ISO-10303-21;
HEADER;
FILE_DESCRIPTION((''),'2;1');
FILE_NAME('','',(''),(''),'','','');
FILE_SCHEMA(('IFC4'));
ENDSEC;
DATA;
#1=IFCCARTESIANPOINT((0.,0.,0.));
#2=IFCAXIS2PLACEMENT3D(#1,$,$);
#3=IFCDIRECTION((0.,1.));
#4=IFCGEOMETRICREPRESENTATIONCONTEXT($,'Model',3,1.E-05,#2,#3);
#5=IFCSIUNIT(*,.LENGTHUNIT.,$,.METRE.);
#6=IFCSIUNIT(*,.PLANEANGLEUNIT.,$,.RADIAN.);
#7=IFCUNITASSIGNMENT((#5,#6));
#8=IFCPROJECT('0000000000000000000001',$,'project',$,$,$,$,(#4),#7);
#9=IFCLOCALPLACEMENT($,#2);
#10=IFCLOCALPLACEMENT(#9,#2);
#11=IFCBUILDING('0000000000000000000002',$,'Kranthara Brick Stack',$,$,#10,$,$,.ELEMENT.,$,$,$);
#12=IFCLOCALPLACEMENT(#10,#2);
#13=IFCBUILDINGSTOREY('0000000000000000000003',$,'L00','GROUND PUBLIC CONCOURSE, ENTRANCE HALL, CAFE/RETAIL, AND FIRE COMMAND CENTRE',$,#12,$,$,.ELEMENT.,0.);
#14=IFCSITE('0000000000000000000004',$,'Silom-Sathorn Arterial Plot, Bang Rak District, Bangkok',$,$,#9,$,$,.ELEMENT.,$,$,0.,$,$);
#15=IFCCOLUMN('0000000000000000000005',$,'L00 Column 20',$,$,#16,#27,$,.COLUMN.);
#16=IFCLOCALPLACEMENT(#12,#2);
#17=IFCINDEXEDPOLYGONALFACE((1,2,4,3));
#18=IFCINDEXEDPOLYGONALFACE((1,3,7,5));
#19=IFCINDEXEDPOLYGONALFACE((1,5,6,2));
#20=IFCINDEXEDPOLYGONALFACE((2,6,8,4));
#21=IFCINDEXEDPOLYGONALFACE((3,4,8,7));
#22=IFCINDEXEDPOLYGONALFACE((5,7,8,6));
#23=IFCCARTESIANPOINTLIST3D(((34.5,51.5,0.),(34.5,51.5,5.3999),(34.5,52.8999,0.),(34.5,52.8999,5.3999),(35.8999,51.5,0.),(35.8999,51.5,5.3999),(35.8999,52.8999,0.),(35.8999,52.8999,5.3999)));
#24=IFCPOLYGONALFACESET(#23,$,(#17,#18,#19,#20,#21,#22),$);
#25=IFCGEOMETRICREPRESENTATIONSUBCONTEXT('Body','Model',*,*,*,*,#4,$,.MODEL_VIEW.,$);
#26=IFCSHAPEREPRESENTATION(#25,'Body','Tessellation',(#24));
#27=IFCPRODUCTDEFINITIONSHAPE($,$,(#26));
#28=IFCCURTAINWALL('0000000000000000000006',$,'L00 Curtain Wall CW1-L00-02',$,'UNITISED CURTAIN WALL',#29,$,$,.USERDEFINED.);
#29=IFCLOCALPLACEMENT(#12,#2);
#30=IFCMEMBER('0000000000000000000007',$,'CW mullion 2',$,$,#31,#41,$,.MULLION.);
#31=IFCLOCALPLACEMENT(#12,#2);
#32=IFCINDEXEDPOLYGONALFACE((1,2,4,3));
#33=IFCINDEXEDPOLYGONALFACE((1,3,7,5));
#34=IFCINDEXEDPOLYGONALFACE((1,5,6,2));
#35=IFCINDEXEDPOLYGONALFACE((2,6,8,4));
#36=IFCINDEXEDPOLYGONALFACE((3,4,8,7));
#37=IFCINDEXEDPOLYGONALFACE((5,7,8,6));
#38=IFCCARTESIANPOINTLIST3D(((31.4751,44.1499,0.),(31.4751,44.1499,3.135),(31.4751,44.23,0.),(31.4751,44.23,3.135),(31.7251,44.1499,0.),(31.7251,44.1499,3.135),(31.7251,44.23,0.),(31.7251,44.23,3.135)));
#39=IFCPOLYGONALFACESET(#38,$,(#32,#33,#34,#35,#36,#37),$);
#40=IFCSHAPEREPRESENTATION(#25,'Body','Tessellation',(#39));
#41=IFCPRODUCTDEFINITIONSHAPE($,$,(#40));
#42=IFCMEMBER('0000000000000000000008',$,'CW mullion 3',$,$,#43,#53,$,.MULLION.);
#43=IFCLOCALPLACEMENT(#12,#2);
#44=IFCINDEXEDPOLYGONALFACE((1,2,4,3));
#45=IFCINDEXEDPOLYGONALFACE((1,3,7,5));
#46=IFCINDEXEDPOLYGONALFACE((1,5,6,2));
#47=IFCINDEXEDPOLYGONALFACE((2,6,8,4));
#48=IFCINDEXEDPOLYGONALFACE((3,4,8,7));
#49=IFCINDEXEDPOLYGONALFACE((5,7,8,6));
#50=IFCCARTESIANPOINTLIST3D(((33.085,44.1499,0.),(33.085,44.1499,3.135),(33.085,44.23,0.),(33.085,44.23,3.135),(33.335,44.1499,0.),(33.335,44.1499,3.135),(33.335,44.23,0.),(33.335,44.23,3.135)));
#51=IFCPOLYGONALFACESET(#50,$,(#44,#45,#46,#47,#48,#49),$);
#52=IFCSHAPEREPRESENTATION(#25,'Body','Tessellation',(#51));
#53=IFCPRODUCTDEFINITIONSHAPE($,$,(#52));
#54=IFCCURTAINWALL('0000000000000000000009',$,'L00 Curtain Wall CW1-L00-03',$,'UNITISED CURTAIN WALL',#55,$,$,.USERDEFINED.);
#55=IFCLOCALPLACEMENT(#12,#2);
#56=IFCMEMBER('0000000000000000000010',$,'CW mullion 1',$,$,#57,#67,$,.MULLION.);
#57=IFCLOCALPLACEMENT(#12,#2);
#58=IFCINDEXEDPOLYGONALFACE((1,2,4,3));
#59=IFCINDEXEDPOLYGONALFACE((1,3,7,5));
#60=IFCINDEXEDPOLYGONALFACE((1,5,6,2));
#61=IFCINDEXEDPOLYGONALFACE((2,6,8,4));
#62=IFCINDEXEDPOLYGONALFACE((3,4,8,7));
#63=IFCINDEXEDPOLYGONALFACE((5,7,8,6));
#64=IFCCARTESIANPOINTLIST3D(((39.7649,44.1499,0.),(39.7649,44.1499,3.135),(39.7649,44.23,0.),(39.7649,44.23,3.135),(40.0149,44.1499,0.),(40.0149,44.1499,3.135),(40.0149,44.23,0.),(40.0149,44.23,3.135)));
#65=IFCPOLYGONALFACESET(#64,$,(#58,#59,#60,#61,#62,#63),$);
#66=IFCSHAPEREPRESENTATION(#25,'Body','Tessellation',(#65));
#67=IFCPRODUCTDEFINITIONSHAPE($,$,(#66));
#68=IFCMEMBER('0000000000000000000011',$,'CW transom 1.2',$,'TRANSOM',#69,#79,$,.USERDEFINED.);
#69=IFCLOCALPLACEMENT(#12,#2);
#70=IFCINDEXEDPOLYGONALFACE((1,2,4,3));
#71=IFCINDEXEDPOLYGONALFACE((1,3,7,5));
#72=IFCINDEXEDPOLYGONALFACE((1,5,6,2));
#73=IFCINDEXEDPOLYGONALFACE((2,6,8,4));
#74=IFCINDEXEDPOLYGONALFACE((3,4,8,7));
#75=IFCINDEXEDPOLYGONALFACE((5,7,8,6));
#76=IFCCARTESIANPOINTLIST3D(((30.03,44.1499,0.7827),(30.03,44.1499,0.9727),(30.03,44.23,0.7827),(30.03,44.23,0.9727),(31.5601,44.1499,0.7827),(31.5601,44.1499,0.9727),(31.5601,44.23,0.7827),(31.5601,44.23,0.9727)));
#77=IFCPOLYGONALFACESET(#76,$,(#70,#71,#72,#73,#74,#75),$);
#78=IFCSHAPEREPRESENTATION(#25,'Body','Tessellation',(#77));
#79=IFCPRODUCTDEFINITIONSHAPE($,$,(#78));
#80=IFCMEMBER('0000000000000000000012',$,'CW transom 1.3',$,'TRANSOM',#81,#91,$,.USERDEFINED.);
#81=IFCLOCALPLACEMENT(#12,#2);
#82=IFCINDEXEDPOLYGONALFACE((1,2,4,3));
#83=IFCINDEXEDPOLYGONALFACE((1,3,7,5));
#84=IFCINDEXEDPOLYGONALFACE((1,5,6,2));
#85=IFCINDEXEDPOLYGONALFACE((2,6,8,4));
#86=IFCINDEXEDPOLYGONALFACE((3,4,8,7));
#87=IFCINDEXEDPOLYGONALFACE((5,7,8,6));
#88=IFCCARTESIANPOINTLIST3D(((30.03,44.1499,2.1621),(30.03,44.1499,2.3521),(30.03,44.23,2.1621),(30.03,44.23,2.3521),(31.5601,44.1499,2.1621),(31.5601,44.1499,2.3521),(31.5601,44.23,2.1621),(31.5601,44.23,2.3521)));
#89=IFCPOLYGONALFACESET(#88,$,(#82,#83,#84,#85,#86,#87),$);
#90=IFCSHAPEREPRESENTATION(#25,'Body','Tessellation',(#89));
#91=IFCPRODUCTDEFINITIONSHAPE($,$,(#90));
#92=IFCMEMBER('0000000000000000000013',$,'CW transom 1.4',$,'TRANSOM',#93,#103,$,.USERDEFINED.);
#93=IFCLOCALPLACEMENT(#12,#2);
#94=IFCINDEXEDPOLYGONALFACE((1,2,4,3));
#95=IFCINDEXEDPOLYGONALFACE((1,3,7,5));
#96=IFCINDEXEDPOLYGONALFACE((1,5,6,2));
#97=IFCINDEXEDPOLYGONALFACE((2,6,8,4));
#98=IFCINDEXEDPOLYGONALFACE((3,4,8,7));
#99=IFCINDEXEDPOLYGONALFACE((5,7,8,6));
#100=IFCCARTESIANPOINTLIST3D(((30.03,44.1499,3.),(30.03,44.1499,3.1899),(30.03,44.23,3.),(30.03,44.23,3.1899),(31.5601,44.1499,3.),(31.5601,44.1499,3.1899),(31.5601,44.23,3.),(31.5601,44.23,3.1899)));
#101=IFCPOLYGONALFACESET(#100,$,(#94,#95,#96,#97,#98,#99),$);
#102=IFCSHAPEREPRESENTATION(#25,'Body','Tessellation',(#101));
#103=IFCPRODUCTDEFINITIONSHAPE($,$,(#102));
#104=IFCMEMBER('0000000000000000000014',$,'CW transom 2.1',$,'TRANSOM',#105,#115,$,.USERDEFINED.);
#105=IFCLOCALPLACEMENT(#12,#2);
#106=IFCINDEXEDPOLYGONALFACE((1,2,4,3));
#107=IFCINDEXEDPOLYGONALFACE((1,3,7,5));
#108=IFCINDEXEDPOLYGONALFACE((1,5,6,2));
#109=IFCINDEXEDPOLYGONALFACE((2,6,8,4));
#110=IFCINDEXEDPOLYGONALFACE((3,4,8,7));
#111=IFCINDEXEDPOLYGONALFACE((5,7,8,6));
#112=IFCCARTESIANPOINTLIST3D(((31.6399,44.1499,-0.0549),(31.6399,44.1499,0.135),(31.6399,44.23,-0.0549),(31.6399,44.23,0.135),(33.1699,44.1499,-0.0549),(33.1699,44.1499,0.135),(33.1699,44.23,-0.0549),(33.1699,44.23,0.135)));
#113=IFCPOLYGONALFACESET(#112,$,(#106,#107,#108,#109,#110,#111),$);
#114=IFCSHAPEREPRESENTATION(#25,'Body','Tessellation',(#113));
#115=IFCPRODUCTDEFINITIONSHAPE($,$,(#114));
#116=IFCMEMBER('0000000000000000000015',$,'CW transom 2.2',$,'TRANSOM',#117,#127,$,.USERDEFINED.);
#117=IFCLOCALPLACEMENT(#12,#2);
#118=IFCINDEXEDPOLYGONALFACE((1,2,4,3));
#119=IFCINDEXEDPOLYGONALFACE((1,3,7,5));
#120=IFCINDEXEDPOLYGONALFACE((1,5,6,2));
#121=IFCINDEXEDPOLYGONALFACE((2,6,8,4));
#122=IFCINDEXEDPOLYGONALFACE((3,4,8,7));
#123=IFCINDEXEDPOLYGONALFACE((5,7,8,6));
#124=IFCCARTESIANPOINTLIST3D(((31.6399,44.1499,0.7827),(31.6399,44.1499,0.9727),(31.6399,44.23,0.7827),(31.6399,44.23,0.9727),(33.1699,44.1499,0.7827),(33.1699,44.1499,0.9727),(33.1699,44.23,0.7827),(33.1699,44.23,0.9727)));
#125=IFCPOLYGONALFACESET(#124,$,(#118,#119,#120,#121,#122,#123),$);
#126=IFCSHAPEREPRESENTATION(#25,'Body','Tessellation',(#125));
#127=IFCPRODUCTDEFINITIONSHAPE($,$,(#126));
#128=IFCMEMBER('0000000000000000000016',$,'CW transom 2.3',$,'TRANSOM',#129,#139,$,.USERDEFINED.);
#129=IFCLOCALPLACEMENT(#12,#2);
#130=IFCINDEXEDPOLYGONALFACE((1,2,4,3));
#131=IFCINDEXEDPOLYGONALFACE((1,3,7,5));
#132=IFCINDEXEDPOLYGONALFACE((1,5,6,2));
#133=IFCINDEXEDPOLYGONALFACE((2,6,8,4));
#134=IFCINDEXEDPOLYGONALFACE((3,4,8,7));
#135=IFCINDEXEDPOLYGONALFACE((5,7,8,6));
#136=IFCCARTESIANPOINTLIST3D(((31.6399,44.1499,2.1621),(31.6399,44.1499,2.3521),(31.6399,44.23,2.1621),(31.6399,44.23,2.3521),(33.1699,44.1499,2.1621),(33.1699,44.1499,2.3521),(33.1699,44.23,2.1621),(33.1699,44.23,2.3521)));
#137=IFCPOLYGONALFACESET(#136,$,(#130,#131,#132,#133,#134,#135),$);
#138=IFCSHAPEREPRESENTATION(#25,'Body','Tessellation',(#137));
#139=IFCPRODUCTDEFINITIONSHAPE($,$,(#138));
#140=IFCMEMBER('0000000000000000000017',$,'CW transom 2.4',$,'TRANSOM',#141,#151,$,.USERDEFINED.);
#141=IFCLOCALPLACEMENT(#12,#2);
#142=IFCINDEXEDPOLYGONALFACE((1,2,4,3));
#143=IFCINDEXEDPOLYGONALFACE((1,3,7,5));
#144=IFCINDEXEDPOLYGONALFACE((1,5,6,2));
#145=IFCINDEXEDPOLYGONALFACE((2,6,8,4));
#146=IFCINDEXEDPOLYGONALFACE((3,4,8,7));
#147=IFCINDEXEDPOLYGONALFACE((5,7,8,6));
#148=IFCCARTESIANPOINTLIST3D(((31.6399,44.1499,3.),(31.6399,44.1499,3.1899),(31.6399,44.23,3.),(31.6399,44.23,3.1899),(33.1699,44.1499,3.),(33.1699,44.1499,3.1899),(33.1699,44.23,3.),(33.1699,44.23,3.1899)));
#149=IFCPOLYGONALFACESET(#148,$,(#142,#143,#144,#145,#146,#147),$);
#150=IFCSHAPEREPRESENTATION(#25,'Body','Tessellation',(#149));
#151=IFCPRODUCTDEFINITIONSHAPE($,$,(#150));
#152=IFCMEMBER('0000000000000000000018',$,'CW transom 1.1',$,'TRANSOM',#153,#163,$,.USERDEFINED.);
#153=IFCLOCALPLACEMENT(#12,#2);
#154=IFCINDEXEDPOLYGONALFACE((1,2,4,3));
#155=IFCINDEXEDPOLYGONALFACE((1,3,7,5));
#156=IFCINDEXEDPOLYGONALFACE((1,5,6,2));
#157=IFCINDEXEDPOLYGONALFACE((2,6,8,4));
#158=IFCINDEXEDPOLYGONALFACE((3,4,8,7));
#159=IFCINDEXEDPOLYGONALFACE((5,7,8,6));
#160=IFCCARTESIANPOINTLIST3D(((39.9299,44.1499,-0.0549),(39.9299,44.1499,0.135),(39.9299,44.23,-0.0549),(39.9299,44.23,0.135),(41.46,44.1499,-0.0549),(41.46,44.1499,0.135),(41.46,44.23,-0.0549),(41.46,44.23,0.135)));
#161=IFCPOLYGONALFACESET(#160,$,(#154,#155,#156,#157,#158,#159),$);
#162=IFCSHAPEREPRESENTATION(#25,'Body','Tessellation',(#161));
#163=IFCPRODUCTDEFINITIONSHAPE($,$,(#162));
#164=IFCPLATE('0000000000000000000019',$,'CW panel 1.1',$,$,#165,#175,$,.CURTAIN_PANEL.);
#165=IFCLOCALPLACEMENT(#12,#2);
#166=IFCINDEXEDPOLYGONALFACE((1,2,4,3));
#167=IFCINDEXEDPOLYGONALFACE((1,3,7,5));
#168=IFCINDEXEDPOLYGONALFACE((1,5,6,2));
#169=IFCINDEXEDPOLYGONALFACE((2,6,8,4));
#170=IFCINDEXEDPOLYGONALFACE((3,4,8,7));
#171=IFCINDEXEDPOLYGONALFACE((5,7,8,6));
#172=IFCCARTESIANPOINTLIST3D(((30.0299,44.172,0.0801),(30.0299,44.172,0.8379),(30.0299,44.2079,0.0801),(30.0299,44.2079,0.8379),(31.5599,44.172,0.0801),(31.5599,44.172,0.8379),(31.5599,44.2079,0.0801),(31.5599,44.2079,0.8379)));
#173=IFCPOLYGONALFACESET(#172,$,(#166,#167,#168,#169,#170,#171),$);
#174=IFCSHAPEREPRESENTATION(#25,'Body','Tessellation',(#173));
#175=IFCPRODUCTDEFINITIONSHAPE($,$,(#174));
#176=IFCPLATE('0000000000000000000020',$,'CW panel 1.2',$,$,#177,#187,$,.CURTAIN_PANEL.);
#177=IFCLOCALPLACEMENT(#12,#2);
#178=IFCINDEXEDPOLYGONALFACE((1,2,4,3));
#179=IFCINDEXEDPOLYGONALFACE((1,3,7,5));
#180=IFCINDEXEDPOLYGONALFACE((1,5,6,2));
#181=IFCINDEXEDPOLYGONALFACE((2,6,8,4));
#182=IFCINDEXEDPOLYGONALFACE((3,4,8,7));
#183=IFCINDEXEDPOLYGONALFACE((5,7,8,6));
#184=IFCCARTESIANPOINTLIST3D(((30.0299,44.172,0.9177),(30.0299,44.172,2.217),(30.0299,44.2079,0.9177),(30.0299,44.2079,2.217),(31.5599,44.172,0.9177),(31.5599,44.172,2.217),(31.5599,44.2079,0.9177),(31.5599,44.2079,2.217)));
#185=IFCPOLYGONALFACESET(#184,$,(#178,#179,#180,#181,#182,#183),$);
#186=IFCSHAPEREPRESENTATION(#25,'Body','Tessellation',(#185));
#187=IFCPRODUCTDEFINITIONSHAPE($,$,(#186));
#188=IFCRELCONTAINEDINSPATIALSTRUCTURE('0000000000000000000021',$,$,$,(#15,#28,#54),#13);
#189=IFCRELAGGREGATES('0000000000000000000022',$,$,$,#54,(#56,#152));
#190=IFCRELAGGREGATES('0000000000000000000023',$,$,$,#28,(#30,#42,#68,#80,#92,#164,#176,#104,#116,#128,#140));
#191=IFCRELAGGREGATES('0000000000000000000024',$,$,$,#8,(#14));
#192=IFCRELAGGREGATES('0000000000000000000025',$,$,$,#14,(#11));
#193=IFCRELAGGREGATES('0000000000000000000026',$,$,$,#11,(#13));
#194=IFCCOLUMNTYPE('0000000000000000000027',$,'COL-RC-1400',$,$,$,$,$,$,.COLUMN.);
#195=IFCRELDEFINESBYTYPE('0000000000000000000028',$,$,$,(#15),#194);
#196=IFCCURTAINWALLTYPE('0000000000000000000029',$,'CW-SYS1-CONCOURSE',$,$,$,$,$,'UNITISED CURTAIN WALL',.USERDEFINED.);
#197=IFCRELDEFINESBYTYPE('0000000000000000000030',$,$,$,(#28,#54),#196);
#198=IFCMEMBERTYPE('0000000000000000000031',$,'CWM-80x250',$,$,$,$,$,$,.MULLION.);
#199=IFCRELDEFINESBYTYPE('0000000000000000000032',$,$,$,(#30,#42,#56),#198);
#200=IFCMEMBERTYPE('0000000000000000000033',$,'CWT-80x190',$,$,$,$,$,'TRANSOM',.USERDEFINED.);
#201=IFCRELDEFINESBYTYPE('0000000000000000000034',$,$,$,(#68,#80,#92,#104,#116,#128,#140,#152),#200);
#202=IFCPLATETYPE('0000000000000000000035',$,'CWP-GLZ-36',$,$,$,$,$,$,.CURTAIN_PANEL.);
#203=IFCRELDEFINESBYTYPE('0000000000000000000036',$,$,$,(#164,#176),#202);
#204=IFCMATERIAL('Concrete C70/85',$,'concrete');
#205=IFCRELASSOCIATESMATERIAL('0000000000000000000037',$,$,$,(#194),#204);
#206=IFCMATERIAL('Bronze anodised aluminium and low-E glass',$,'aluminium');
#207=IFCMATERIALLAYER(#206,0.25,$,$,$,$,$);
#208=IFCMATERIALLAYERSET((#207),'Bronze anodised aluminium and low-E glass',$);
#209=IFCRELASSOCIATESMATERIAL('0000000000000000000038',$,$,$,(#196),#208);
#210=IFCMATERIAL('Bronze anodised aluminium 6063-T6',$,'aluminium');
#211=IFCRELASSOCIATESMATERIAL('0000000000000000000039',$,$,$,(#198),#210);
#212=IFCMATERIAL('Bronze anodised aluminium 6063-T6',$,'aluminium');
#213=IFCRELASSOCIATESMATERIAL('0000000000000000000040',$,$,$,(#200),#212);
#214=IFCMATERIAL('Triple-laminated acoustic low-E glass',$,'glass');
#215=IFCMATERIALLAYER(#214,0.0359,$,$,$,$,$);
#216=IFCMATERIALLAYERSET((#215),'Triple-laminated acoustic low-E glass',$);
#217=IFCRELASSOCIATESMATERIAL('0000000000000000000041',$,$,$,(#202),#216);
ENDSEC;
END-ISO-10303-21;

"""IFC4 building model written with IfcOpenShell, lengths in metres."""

from ifc_helpers import new_model, si_unit, direction, frame, origin, origin_2d, place, context, subcontext, project, spatial, rectangle, extrude, material, layer, layer_set, material_profile, profile_set, type_object, element, aggregate, save


model = new_model("IFC4")

# Units and contexts
model_context = context("Model", 3, precision=1e-05, world=origin(), true_north=direction((0.0, 1.0)))
body_context = subcontext(model_context, "Body", "Model", "MODEL_VIEW")
ifc_project = project(units=[si_unit("LENGTHUNIT", "METRE"), si_unit("PLANEANGLEUNIT", "RADIAN")], contexts=[model_context])

# Site, building, storey
site_placement = place(None, origin())
site = spatial("IfcSite", under=ifc_project, at=site_placement, Name="Silom-Sathorn Arterial Plot, Bang Rak District, Bangkok", CompositionType="ELEMENT", RefElevation=0.0)
building_placement = place(site_placement, origin())
building = spatial("IfcBuilding", under=site, at=building_placement, Name="Kranthara Brick Stack", CompositionType="ELEMENT")
storey_placement = place(building_placement, origin())
storey = spatial("IfcBuildingStorey", under=building, at=storey_placement, Name="L00", Description="GROUND PUBLIC CONCOURSE, ENTRANCE HALL, CAFE/RETAIL, AND FIRE COMMAND CENTRE", CompositionType="ELEMENT", Elevation=0.0)

# Column
ifc_material_1 = material(Name="Concrete C70/85", Category="concrete")
ifc_material_profile_1 = material_profile(ifc_material_1, rectangle(XDim=1.3999, YDim=1.3999, at=origin_2d()), Name="RC 1400x1400")
ifc_profile_set_1 = profile_set([ifc_material_profile_1], Name="Concrete C70/85")
column_type = type_object("IfcColumnType", Name="COL-RC-1400", PredefinedType="COLUMN", material=ifc_profile_set_1)
column_placement = place(storey_placement, frame((35.2, 52.2, 0.0), z_axis=(0.0, 0.0, 1.0), x_axis=(1.0, 0.0, 0.0)))
element("IfcColumn", 1, at=column_placement, inside=storey, type_object=column_type, Name="L00 Column 20", PredefinedType="COLUMN", context=body_context, shape_type="SweptSolid", body=[
    extrude(rectangle(XDim=1.3999, YDim=1.3999, at=origin_2d()), origin(), (0.0, 0.0, 1.0), 5.3999),
])

# Curtain wall, members
ifc_material_2 = material(Name="Bronze anodised aluminium and low-E glass", Category="aluminium")
ifc_layer_1 = layer(ifc_material_2, 0.25)
ifc_layer_set_1 = layer_set([ifc_layer_1], Name="Bronze anodised aluminium and low-E glass")
curtain_wall_type = type_object("IfcCurtainWallType", Name="CW-SYS1-CONCOURSE", ElementType="UNITISED CURTAIN WALL", PredefinedType="USERDEFINED", material=ifc_layer_set_1)
curtain_wall_1_placement = place(storey_placement, origin())
curtain_wall_1 = element("IfcCurtainWall", 2, at=curtain_wall_1_placement, inside=storey, type_object=curtain_wall_type, Name="L00 Curtain Wall CW1-L00-02", ObjectType="UNITISED CURTAIN WALL", PredefinedType="USERDEFINED")
ifc_material_3 = material(Name="Bronze anodised aluminium 6063-T6", Category="aluminium")
ifc_material_profile_2 = material_profile(ifc_material_3, rectangle(XDim=0.0801, YDim=0.25, at=origin_2d()), Name="ALU MULLION 80x250")
ifc_profile_set_2 = profile_set([ifc_material_profile_2], Name="Bronze anodised aluminium 6063-T6")
member_type_1 = type_object("IfcMemberType", Name="CWM-80x250", PredefinedType="MULLION", material=ifc_profile_set_2)
member_1_placement = place(storey_placement, frame((31.6001, 44.1899, 0.0), z_axis=(0.0, 0.0, 1.0), x_axis=(0.0, 1.0, 0.0)))
member_1 = element("IfcMember", 3, at=member_1_placement, type_object=member_type_1, Name="CW mullion 2", PredefinedType="MULLION", context=body_context, shape_type="SweptSolid", body=[
    extrude(rectangle(XDim=0.0801, YDim=0.25, at=origin_2d()), origin(), (0.0, 0.0, 1.0), 3.135),
])
member_2_placement = place(storey_placement, frame((33.21, 44.1899, 0.0), z_axis=(0.0, 0.0, 1.0), x_axis=(0.0, 1.0, 0.0)))
member_2 = element("IfcMember", 4, at=member_2_placement, type_object=member_type_1, Name="CW mullion 3", PredefinedType="MULLION", context=body_context, shape_type="SweptSolid", body=[
    extrude(rectangle(XDim=0.0801, YDim=0.25, at=origin_2d()), origin(), (0.0, 0.0, 1.0), 3.135),
])

# Curtain wall, member
curtain_wall_2_placement = place(storey_placement, origin())
curtain_wall_2 = element("IfcCurtainWall", 5, at=curtain_wall_2_placement, inside=storey, type_object=curtain_wall_type, Name="L00 Curtain Wall CW1-L00-03", ObjectType="UNITISED CURTAIN WALL", PredefinedType="USERDEFINED")
member_3_placement = place(storey_placement, frame((39.8899, 44.1899, 0.0), z_axis=(0.0, 0.0, 1.0), x_axis=(0.0, 1.0, 0.0)))
member_3 = element("IfcMember", 6, at=member_3_placement, type_object=member_type_1, Name="CW mullion 1", PredefinedType="MULLION", context=body_context, shape_type="SweptSolid", body=[
    extrude(rectangle(XDim=0.0801, YDim=0.25, at=origin_2d()), origin(), (0.0, 0.0, 1.0), 3.135),
])

# Members
ifc_material_4 = material(Name="Bronze anodised aluminium 6063-T6", Category="aluminium")
ifc_material_profile_3 = material_profile(ifc_material_4, rectangle(XDim=0.0801, YDim=0.1899, at=origin_2d()), Name="ALU TRANSOM 80x190")
ifc_profile_set_3 = profile_set([ifc_material_profile_3], Name="Bronze anodised aluminium 6063-T6")
member_type_2 = type_object("IfcMemberType", Name="CWT-80x190", ElementType="TRANSOM", PredefinedType="USERDEFINED", material=ifc_profile_set_3)
member_4_placement = place(storey_placement, frame((30.03, 44.1899, 0.8777), z_axis=(1.0, 0.0, 0.0), x_axis=(0.0, 1.0, 0.0)))
member_4 = element("IfcMember", 7, at=member_4_placement, type_object=member_type_2, Name="CW transom 1.2", ObjectType="TRANSOM", PredefinedType="USERDEFINED", context=body_context, shape_type="SweptSolid", body=[
    extrude(rectangle(XDim=0.0801, YDim=0.1899, at=origin_2d()), origin(), (0.0, 0.0, 1.0), 1.53),
])
member_5_placement = place(storey_placement, frame((30.03, 44.1899, 2.2571), z_axis=(1.0, 0.0, 0.0), x_axis=(0.0, 1.0, 0.0)))
member_5 = element("IfcMember", 8, at=member_5_placement, type_object=member_type_2, Name="CW transom 1.3", ObjectType="TRANSOM", PredefinedType="USERDEFINED", context=body_context, shape_type="SweptSolid", body=[
    extrude(rectangle(XDim=0.0801, YDim=0.1899, at=origin_2d()), origin(), (0.0, 0.0, 1.0), 1.53),
])
member_6_placement = place(storey_placement, frame((30.03, 44.1899, 3.095), z_axis=(1.0, 0.0, 0.0), x_axis=(0.0, 1.0, 0.0)))
member_6 = element("IfcMember", 9, at=member_6_placement, type_object=member_type_2, Name="CW transom 1.4", ObjectType="TRANSOM", PredefinedType="USERDEFINED", context=body_context, shape_type="SweptSolid", body=[
    extrude(rectangle(XDim=0.0801, YDim=0.1899, at=origin_2d()), origin(), (0.0, 0.0, 1.0), 1.53),
])
member_7_placement = place(storey_placement, frame((31.6399, 44.1899, 0.04), z_axis=(1.0, 0.0, 0.0), x_axis=(0.0, 1.0, 0.0)))
member_7 = element("IfcMember", 10, at=member_7_placement, type_object=member_type_2, Name="CW transom 2.1", ObjectType="TRANSOM", PredefinedType="USERDEFINED", context=body_context, shape_type="SweptSolid", body=[
    extrude(rectangle(XDim=0.0801, YDim=0.1899, at=origin_2d()), origin(), (0.0, 0.0, 1.0), 1.53),
])
member_8_placement = place(storey_placement, frame((31.6399, 44.1899, 0.8777), z_axis=(1.0, 0.0, 0.0), x_axis=(0.0, 1.0, 0.0)))
member_8 = element("IfcMember", 11, at=member_8_placement, type_object=member_type_2, Name="CW transom 2.2", ObjectType="TRANSOM", PredefinedType="USERDEFINED", context=body_context, shape_type="SweptSolid", body=[
    extrude(rectangle(XDim=0.0801, YDim=0.1899, at=origin_2d()), origin(), (0.0, 0.0, 1.0), 1.53),
])
member_9_placement = place(storey_placement, frame((31.6399, 44.1899, 2.2571), z_axis=(1.0, 0.0, 0.0), x_axis=(0.0, 1.0, 0.0)))
member_9 = element("IfcMember", 12, at=member_9_placement, type_object=member_type_2, Name="CW transom 2.3", ObjectType="TRANSOM", PredefinedType="USERDEFINED", context=body_context, shape_type="SweptSolid", body=[
    extrude(rectangle(XDim=0.0801, YDim=0.1899, at=origin_2d()), origin(), (0.0, 0.0, 1.0), 1.53),
])
member_10_placement = place(storey_placement, frame((31.6399, 44.1899, 3.095), z_axis=(1.0, 0.0, 0.0), x_axis=(0.0, 1.0, 0.0)))
member_10 = element("IfcMember", 13, at=member_10_placement, type_object=member_type_2, Name="CW transom 2.4", ObjectType="TRANSOM", PredefinedType="USERDEFINED", context=body_context, shape_type="SweptSolid", body=[
    extrude(rectangle(XDim=0.0801, YDim=0.1899, at=origin_2d()), origin(), (0.0, 0.0, 1.0), 1.53),
])
member_11_placement = place(storey_placement, frame((39.9299, 44.1899, 0.04), z_axis=(1.0, 0.0, 0.0), x_axis=(0.0, 1.0, 0.0)))
member_11 = element("IfcMember", 14, at=member_11_placement, type_object=member_type_2, Name="CW transom 1.1", ObjectType="TRANSOM", PredefinedType="USERDEFINED", context=body_context, shape_type="SweptSolid", body=[
    extrude(rectangle(XDim=0.0801, YDim=0.1899, at=origin_2d()), origin(), (0.0, 0.0, 1.0), 1.53),
])
aggregate(curtain_wall_2, [member_3, member_11])

# Plates
ifc_material_5 = material(Name="Triple-laminated acoustic low-E glass", Category="glass")
ifc_layer_2 = layer(ifc_material_5, 0.0359)
ifc_layer_set_2 = layer_set([ifc_layer_2], Name="Triple-laminated acoustic low-E glass")
plate_type = type_object("IfcPlateType", Name="CWP-GLZ-36", PredefinedType="CURTAIN_PANEL", material=ifc_layer_set_2)
plate_1_placement = place(storey_placement, frame((30.7949, 44.1899, 0.0801), z_axis=(0.0, 0.0, 1.0), x_axis=(1.0, 0.0, 0.0)))
plate_1 = element("IfcPlate", 15, at=plate_1_placement, type_object=plate_type, Name="CW panel 1.1", PredefinedType="CURTAIN_PANEL", context=body_context, shape_type="SweptSolid", body=[
    extrude(rectangle(XDim=1.53, YDim=0.0359, at=origin_2d()), origin(), (0.0, 0.0, 1.0), 0.7578),
])
plate_2_placement = place(storey_placement, frame((30.7949, 44.1899, 0.9177), z_axis=(0.0, 0.0, 1.0), x_axis=(1.0, 0.0, 0.0)))
plate_2 = element("IfcPlate", 16, at=plate_2_placement, type_object=plate_type, Name="CW panel 1.2", PredefinedType="CURTAIN_PANEL", context=body_context, shape_type="SweptSolid", body=[
    extrude(rectangle(XDim=1.53, YDim=0.0359, at=origin_2d()), origin(), (0.0, 0.0, 1.0), 1.2993),
])
aggregate(curtain_wall_1, [member_1, member_2, member_4, member_5, member_6, plate_1, plate_2, member_7, member_8, member_9, member_10])

save(model, "model.ifc")
